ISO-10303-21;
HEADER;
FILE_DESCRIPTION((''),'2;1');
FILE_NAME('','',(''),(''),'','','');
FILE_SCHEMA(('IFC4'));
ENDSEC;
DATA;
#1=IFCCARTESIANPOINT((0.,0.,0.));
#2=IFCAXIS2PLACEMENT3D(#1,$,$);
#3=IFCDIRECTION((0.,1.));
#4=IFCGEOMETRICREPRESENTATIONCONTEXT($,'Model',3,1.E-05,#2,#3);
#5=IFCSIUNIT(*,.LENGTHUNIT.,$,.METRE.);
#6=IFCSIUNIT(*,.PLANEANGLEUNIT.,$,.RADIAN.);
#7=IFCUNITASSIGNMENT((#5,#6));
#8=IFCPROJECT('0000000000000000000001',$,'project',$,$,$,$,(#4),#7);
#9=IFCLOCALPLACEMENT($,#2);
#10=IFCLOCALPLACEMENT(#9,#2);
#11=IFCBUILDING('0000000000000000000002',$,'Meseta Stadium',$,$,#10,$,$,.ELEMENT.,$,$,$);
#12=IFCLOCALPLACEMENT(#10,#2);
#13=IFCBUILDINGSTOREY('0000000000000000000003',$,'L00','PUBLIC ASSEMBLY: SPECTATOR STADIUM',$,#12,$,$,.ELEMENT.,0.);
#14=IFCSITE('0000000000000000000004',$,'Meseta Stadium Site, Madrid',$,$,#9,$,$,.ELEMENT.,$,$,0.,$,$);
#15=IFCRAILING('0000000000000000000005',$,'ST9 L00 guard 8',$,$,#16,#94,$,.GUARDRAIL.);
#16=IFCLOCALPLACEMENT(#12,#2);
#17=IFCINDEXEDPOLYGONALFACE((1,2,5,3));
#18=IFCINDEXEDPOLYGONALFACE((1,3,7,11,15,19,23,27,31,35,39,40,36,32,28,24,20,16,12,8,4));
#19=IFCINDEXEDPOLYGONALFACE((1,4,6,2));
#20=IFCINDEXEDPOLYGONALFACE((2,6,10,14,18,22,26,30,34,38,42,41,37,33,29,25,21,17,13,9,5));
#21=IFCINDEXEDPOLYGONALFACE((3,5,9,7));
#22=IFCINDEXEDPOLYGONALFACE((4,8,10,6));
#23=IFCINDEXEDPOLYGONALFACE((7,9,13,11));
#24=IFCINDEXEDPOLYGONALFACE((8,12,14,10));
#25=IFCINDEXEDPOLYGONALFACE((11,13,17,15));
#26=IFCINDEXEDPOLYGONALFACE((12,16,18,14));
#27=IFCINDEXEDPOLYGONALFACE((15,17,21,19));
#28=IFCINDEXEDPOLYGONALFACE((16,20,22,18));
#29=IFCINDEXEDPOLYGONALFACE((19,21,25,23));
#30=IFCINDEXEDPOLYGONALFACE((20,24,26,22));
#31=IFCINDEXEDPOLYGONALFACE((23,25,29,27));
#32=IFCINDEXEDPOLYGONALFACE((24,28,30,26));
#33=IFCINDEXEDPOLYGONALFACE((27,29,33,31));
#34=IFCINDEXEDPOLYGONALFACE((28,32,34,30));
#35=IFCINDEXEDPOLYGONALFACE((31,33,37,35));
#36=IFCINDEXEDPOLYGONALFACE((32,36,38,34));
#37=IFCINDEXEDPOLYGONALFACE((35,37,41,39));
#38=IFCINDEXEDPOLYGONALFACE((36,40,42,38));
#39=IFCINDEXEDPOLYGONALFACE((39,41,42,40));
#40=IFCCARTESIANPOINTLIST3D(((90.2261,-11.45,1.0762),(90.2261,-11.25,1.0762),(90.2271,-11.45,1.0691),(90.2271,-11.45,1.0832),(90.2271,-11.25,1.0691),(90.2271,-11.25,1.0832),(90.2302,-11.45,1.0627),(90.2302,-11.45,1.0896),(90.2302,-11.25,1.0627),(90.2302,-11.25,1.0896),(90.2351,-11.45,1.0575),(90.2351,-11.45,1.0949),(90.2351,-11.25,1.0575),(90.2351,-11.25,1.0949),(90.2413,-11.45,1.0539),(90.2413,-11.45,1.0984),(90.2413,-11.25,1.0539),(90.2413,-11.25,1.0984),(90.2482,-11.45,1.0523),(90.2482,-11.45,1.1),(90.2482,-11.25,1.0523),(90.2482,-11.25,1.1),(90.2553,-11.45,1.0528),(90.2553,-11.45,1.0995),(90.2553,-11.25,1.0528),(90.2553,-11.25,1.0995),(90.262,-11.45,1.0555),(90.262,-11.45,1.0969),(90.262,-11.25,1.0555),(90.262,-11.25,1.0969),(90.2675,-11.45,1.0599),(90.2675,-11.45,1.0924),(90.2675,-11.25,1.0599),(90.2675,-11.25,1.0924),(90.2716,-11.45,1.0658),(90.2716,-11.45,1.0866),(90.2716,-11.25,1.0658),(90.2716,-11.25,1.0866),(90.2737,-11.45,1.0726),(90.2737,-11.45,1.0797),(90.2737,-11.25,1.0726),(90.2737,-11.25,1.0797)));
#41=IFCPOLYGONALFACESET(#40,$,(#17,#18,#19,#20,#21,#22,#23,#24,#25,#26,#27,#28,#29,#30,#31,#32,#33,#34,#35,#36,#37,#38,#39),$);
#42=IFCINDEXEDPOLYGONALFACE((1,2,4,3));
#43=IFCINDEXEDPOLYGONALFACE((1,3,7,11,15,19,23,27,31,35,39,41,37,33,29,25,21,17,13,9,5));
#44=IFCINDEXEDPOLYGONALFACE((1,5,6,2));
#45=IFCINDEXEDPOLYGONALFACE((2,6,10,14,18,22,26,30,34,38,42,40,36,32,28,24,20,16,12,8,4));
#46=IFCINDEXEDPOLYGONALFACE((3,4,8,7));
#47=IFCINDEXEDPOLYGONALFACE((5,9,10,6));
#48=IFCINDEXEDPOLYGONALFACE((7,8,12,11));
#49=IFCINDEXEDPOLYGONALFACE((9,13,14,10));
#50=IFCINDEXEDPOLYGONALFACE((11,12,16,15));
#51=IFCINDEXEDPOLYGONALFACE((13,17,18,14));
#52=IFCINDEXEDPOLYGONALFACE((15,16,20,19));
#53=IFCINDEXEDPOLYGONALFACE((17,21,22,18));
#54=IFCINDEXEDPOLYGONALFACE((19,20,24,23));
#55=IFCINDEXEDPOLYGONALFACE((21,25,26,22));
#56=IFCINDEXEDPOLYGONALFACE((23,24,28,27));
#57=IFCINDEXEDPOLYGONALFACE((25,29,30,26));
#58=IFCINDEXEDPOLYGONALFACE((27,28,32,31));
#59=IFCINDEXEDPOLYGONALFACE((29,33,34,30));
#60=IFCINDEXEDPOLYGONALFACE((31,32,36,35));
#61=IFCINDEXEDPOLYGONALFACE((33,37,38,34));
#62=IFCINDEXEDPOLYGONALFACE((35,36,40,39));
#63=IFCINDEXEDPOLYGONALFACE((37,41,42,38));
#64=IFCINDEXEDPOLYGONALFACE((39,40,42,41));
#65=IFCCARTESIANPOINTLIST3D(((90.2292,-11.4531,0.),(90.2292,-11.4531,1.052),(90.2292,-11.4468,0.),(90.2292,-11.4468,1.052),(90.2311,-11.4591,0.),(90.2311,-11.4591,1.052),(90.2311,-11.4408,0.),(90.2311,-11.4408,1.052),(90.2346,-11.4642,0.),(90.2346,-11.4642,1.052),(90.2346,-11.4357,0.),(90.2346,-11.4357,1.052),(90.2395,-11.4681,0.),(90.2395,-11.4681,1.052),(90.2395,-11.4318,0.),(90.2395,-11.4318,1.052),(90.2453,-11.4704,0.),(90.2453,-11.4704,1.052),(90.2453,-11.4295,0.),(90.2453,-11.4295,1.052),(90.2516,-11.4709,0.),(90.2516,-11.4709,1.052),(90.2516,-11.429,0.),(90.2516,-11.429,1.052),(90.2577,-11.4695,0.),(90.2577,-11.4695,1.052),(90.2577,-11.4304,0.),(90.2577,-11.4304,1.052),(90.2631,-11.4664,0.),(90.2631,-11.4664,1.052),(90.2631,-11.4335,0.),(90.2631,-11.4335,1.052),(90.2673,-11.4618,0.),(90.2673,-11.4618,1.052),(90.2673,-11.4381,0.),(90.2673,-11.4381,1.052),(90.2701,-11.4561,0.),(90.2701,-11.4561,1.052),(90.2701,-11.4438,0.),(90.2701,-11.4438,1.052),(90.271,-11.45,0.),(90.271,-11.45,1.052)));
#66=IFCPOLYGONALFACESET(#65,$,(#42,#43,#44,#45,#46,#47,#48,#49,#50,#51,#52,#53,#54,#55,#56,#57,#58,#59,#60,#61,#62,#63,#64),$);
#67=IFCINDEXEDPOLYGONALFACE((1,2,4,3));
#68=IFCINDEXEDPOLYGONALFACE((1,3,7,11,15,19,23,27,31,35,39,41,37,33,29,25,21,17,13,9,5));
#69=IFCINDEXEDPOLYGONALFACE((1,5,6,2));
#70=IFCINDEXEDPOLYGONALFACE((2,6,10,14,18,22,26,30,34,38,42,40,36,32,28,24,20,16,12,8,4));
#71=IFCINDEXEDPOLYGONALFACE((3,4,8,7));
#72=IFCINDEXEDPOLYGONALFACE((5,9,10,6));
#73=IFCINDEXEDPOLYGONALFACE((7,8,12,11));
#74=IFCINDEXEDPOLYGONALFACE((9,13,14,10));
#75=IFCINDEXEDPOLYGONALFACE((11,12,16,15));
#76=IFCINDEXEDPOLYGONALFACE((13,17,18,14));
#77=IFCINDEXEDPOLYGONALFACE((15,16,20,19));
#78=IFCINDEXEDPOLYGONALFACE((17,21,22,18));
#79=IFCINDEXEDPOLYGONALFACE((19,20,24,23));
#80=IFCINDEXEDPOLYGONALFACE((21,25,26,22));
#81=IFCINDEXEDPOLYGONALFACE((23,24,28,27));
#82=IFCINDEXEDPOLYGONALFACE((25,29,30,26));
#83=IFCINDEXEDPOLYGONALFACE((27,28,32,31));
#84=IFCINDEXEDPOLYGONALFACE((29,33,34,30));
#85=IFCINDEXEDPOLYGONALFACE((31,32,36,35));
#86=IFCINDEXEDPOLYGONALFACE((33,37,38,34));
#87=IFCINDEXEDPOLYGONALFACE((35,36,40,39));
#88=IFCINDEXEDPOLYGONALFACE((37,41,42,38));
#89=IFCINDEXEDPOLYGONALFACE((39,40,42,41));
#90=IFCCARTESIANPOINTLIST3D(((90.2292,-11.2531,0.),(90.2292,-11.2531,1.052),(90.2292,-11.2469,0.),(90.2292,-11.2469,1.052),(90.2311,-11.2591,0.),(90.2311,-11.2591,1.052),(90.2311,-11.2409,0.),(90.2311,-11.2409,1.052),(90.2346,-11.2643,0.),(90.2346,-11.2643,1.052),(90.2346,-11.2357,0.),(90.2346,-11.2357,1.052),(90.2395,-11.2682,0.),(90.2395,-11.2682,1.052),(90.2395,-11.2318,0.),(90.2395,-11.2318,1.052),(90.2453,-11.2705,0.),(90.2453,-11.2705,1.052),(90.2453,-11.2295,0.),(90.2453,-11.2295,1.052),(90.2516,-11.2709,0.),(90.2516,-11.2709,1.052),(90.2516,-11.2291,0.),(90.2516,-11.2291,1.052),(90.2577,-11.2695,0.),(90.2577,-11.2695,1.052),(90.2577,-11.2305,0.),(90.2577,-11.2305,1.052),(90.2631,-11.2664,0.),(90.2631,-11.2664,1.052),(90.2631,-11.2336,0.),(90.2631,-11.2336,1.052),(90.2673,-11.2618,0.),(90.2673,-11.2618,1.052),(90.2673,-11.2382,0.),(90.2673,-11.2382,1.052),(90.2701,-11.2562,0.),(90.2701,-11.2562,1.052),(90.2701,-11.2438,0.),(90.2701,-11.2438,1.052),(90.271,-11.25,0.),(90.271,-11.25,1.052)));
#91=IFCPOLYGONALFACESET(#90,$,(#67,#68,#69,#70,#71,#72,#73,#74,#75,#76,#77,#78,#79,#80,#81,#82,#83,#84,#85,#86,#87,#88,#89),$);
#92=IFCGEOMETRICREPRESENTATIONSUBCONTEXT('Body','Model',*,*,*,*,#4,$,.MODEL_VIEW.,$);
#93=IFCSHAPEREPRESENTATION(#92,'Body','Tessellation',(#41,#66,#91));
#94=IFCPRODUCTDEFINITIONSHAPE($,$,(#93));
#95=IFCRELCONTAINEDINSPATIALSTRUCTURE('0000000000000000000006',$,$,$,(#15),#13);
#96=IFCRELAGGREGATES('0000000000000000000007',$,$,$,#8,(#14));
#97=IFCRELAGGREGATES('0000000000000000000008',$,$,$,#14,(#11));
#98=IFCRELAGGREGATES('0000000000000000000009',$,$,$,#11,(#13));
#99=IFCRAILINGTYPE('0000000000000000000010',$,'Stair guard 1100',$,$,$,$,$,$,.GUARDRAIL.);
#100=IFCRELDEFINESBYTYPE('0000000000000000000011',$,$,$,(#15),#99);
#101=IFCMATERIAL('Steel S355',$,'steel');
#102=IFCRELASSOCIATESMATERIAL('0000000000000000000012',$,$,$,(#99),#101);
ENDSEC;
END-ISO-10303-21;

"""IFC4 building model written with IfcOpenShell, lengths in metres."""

from ifc_helpers import new_model, si_unit, direction, frame, origin, origin_2d, place, context, subcontext, project, spatial, circle, extrude, material, type_object, element, save


model = new_model("IFC4")

# Units and contexts
model_context = context("Model", 3, precision=1e-05, world=origin(), true_north=direction((0.0, 1.0)))
body_context = subcontext(model_context, "Body", "Model", "MODEL_VIEW")
ifc_project = project(units=[si_unit("LENGTHUNIT", "METRE"), si_unit("PLANEANGLEUNIT", "RADIAN")], contexts=[model_context])

# Site, building, storey
site_placement = place(None, origin())
site = spatial("IfcSite", under=ifc_project, at=site_placement, Name="Meseta Stadium Site, Madrid", CompositionType="ELEMENT", RefElevation=0.0)
building_placement = place(site_placement, origin())
building = spatial("IfcBuilding", under=site, at=building_placement, Name="Meseta Stadium", CompositionType="ELEMENT")
storey_placement = place(building_placement, origin())
storey = spatial("IfcBuildingStorey", under=building, at=storey_placement, Name="L00", Description="PUBLIC ASSEMBLY: SPECTATOR STADIUM", CompositionType="ELEMENT", Elevation=0.0)

# Railing
ifc_material_1 = material(Name="Steel S355", Category="steel")
railing_type_1 = type_object("IfcRailingType", Name="Stair guard 1100", PredefinedType="GUARDRAIL", material=ifc_material_1)
railing_1_placement = place(storey_placement, frame((90.25, -11.45, 0.0)))
element("IfcRailing", 1, at=railing_1_placement, inside=storey, type_object=railing_type_1, Name="ST9 L00 guard 8", PredefinedType="GUARDRAIL", context=body_context, shape_type="SweptSolid", body=[
    extrude(circle(Radius=0.0239, at=origin_2d()), frame((0.0, 0.0, 1.0762), z_axis=(0.0, 1.0, 0.0), x_axis=(-1.0, 0.0, 0.0)), (0.0, 0.0, 1.0), 0.2),
    extrude(circle(Radius=0.021, at=origin_2d()), origin(), (0.0, 0.0, 1.0), 1.052),
    extrude(circle(Radius=0.021, at=origin_2d()), frame((0.0, 0.2, 0.0)), (0.0, 0.0, 1.0), 1.052),
])

save(model, "model.ifc")
